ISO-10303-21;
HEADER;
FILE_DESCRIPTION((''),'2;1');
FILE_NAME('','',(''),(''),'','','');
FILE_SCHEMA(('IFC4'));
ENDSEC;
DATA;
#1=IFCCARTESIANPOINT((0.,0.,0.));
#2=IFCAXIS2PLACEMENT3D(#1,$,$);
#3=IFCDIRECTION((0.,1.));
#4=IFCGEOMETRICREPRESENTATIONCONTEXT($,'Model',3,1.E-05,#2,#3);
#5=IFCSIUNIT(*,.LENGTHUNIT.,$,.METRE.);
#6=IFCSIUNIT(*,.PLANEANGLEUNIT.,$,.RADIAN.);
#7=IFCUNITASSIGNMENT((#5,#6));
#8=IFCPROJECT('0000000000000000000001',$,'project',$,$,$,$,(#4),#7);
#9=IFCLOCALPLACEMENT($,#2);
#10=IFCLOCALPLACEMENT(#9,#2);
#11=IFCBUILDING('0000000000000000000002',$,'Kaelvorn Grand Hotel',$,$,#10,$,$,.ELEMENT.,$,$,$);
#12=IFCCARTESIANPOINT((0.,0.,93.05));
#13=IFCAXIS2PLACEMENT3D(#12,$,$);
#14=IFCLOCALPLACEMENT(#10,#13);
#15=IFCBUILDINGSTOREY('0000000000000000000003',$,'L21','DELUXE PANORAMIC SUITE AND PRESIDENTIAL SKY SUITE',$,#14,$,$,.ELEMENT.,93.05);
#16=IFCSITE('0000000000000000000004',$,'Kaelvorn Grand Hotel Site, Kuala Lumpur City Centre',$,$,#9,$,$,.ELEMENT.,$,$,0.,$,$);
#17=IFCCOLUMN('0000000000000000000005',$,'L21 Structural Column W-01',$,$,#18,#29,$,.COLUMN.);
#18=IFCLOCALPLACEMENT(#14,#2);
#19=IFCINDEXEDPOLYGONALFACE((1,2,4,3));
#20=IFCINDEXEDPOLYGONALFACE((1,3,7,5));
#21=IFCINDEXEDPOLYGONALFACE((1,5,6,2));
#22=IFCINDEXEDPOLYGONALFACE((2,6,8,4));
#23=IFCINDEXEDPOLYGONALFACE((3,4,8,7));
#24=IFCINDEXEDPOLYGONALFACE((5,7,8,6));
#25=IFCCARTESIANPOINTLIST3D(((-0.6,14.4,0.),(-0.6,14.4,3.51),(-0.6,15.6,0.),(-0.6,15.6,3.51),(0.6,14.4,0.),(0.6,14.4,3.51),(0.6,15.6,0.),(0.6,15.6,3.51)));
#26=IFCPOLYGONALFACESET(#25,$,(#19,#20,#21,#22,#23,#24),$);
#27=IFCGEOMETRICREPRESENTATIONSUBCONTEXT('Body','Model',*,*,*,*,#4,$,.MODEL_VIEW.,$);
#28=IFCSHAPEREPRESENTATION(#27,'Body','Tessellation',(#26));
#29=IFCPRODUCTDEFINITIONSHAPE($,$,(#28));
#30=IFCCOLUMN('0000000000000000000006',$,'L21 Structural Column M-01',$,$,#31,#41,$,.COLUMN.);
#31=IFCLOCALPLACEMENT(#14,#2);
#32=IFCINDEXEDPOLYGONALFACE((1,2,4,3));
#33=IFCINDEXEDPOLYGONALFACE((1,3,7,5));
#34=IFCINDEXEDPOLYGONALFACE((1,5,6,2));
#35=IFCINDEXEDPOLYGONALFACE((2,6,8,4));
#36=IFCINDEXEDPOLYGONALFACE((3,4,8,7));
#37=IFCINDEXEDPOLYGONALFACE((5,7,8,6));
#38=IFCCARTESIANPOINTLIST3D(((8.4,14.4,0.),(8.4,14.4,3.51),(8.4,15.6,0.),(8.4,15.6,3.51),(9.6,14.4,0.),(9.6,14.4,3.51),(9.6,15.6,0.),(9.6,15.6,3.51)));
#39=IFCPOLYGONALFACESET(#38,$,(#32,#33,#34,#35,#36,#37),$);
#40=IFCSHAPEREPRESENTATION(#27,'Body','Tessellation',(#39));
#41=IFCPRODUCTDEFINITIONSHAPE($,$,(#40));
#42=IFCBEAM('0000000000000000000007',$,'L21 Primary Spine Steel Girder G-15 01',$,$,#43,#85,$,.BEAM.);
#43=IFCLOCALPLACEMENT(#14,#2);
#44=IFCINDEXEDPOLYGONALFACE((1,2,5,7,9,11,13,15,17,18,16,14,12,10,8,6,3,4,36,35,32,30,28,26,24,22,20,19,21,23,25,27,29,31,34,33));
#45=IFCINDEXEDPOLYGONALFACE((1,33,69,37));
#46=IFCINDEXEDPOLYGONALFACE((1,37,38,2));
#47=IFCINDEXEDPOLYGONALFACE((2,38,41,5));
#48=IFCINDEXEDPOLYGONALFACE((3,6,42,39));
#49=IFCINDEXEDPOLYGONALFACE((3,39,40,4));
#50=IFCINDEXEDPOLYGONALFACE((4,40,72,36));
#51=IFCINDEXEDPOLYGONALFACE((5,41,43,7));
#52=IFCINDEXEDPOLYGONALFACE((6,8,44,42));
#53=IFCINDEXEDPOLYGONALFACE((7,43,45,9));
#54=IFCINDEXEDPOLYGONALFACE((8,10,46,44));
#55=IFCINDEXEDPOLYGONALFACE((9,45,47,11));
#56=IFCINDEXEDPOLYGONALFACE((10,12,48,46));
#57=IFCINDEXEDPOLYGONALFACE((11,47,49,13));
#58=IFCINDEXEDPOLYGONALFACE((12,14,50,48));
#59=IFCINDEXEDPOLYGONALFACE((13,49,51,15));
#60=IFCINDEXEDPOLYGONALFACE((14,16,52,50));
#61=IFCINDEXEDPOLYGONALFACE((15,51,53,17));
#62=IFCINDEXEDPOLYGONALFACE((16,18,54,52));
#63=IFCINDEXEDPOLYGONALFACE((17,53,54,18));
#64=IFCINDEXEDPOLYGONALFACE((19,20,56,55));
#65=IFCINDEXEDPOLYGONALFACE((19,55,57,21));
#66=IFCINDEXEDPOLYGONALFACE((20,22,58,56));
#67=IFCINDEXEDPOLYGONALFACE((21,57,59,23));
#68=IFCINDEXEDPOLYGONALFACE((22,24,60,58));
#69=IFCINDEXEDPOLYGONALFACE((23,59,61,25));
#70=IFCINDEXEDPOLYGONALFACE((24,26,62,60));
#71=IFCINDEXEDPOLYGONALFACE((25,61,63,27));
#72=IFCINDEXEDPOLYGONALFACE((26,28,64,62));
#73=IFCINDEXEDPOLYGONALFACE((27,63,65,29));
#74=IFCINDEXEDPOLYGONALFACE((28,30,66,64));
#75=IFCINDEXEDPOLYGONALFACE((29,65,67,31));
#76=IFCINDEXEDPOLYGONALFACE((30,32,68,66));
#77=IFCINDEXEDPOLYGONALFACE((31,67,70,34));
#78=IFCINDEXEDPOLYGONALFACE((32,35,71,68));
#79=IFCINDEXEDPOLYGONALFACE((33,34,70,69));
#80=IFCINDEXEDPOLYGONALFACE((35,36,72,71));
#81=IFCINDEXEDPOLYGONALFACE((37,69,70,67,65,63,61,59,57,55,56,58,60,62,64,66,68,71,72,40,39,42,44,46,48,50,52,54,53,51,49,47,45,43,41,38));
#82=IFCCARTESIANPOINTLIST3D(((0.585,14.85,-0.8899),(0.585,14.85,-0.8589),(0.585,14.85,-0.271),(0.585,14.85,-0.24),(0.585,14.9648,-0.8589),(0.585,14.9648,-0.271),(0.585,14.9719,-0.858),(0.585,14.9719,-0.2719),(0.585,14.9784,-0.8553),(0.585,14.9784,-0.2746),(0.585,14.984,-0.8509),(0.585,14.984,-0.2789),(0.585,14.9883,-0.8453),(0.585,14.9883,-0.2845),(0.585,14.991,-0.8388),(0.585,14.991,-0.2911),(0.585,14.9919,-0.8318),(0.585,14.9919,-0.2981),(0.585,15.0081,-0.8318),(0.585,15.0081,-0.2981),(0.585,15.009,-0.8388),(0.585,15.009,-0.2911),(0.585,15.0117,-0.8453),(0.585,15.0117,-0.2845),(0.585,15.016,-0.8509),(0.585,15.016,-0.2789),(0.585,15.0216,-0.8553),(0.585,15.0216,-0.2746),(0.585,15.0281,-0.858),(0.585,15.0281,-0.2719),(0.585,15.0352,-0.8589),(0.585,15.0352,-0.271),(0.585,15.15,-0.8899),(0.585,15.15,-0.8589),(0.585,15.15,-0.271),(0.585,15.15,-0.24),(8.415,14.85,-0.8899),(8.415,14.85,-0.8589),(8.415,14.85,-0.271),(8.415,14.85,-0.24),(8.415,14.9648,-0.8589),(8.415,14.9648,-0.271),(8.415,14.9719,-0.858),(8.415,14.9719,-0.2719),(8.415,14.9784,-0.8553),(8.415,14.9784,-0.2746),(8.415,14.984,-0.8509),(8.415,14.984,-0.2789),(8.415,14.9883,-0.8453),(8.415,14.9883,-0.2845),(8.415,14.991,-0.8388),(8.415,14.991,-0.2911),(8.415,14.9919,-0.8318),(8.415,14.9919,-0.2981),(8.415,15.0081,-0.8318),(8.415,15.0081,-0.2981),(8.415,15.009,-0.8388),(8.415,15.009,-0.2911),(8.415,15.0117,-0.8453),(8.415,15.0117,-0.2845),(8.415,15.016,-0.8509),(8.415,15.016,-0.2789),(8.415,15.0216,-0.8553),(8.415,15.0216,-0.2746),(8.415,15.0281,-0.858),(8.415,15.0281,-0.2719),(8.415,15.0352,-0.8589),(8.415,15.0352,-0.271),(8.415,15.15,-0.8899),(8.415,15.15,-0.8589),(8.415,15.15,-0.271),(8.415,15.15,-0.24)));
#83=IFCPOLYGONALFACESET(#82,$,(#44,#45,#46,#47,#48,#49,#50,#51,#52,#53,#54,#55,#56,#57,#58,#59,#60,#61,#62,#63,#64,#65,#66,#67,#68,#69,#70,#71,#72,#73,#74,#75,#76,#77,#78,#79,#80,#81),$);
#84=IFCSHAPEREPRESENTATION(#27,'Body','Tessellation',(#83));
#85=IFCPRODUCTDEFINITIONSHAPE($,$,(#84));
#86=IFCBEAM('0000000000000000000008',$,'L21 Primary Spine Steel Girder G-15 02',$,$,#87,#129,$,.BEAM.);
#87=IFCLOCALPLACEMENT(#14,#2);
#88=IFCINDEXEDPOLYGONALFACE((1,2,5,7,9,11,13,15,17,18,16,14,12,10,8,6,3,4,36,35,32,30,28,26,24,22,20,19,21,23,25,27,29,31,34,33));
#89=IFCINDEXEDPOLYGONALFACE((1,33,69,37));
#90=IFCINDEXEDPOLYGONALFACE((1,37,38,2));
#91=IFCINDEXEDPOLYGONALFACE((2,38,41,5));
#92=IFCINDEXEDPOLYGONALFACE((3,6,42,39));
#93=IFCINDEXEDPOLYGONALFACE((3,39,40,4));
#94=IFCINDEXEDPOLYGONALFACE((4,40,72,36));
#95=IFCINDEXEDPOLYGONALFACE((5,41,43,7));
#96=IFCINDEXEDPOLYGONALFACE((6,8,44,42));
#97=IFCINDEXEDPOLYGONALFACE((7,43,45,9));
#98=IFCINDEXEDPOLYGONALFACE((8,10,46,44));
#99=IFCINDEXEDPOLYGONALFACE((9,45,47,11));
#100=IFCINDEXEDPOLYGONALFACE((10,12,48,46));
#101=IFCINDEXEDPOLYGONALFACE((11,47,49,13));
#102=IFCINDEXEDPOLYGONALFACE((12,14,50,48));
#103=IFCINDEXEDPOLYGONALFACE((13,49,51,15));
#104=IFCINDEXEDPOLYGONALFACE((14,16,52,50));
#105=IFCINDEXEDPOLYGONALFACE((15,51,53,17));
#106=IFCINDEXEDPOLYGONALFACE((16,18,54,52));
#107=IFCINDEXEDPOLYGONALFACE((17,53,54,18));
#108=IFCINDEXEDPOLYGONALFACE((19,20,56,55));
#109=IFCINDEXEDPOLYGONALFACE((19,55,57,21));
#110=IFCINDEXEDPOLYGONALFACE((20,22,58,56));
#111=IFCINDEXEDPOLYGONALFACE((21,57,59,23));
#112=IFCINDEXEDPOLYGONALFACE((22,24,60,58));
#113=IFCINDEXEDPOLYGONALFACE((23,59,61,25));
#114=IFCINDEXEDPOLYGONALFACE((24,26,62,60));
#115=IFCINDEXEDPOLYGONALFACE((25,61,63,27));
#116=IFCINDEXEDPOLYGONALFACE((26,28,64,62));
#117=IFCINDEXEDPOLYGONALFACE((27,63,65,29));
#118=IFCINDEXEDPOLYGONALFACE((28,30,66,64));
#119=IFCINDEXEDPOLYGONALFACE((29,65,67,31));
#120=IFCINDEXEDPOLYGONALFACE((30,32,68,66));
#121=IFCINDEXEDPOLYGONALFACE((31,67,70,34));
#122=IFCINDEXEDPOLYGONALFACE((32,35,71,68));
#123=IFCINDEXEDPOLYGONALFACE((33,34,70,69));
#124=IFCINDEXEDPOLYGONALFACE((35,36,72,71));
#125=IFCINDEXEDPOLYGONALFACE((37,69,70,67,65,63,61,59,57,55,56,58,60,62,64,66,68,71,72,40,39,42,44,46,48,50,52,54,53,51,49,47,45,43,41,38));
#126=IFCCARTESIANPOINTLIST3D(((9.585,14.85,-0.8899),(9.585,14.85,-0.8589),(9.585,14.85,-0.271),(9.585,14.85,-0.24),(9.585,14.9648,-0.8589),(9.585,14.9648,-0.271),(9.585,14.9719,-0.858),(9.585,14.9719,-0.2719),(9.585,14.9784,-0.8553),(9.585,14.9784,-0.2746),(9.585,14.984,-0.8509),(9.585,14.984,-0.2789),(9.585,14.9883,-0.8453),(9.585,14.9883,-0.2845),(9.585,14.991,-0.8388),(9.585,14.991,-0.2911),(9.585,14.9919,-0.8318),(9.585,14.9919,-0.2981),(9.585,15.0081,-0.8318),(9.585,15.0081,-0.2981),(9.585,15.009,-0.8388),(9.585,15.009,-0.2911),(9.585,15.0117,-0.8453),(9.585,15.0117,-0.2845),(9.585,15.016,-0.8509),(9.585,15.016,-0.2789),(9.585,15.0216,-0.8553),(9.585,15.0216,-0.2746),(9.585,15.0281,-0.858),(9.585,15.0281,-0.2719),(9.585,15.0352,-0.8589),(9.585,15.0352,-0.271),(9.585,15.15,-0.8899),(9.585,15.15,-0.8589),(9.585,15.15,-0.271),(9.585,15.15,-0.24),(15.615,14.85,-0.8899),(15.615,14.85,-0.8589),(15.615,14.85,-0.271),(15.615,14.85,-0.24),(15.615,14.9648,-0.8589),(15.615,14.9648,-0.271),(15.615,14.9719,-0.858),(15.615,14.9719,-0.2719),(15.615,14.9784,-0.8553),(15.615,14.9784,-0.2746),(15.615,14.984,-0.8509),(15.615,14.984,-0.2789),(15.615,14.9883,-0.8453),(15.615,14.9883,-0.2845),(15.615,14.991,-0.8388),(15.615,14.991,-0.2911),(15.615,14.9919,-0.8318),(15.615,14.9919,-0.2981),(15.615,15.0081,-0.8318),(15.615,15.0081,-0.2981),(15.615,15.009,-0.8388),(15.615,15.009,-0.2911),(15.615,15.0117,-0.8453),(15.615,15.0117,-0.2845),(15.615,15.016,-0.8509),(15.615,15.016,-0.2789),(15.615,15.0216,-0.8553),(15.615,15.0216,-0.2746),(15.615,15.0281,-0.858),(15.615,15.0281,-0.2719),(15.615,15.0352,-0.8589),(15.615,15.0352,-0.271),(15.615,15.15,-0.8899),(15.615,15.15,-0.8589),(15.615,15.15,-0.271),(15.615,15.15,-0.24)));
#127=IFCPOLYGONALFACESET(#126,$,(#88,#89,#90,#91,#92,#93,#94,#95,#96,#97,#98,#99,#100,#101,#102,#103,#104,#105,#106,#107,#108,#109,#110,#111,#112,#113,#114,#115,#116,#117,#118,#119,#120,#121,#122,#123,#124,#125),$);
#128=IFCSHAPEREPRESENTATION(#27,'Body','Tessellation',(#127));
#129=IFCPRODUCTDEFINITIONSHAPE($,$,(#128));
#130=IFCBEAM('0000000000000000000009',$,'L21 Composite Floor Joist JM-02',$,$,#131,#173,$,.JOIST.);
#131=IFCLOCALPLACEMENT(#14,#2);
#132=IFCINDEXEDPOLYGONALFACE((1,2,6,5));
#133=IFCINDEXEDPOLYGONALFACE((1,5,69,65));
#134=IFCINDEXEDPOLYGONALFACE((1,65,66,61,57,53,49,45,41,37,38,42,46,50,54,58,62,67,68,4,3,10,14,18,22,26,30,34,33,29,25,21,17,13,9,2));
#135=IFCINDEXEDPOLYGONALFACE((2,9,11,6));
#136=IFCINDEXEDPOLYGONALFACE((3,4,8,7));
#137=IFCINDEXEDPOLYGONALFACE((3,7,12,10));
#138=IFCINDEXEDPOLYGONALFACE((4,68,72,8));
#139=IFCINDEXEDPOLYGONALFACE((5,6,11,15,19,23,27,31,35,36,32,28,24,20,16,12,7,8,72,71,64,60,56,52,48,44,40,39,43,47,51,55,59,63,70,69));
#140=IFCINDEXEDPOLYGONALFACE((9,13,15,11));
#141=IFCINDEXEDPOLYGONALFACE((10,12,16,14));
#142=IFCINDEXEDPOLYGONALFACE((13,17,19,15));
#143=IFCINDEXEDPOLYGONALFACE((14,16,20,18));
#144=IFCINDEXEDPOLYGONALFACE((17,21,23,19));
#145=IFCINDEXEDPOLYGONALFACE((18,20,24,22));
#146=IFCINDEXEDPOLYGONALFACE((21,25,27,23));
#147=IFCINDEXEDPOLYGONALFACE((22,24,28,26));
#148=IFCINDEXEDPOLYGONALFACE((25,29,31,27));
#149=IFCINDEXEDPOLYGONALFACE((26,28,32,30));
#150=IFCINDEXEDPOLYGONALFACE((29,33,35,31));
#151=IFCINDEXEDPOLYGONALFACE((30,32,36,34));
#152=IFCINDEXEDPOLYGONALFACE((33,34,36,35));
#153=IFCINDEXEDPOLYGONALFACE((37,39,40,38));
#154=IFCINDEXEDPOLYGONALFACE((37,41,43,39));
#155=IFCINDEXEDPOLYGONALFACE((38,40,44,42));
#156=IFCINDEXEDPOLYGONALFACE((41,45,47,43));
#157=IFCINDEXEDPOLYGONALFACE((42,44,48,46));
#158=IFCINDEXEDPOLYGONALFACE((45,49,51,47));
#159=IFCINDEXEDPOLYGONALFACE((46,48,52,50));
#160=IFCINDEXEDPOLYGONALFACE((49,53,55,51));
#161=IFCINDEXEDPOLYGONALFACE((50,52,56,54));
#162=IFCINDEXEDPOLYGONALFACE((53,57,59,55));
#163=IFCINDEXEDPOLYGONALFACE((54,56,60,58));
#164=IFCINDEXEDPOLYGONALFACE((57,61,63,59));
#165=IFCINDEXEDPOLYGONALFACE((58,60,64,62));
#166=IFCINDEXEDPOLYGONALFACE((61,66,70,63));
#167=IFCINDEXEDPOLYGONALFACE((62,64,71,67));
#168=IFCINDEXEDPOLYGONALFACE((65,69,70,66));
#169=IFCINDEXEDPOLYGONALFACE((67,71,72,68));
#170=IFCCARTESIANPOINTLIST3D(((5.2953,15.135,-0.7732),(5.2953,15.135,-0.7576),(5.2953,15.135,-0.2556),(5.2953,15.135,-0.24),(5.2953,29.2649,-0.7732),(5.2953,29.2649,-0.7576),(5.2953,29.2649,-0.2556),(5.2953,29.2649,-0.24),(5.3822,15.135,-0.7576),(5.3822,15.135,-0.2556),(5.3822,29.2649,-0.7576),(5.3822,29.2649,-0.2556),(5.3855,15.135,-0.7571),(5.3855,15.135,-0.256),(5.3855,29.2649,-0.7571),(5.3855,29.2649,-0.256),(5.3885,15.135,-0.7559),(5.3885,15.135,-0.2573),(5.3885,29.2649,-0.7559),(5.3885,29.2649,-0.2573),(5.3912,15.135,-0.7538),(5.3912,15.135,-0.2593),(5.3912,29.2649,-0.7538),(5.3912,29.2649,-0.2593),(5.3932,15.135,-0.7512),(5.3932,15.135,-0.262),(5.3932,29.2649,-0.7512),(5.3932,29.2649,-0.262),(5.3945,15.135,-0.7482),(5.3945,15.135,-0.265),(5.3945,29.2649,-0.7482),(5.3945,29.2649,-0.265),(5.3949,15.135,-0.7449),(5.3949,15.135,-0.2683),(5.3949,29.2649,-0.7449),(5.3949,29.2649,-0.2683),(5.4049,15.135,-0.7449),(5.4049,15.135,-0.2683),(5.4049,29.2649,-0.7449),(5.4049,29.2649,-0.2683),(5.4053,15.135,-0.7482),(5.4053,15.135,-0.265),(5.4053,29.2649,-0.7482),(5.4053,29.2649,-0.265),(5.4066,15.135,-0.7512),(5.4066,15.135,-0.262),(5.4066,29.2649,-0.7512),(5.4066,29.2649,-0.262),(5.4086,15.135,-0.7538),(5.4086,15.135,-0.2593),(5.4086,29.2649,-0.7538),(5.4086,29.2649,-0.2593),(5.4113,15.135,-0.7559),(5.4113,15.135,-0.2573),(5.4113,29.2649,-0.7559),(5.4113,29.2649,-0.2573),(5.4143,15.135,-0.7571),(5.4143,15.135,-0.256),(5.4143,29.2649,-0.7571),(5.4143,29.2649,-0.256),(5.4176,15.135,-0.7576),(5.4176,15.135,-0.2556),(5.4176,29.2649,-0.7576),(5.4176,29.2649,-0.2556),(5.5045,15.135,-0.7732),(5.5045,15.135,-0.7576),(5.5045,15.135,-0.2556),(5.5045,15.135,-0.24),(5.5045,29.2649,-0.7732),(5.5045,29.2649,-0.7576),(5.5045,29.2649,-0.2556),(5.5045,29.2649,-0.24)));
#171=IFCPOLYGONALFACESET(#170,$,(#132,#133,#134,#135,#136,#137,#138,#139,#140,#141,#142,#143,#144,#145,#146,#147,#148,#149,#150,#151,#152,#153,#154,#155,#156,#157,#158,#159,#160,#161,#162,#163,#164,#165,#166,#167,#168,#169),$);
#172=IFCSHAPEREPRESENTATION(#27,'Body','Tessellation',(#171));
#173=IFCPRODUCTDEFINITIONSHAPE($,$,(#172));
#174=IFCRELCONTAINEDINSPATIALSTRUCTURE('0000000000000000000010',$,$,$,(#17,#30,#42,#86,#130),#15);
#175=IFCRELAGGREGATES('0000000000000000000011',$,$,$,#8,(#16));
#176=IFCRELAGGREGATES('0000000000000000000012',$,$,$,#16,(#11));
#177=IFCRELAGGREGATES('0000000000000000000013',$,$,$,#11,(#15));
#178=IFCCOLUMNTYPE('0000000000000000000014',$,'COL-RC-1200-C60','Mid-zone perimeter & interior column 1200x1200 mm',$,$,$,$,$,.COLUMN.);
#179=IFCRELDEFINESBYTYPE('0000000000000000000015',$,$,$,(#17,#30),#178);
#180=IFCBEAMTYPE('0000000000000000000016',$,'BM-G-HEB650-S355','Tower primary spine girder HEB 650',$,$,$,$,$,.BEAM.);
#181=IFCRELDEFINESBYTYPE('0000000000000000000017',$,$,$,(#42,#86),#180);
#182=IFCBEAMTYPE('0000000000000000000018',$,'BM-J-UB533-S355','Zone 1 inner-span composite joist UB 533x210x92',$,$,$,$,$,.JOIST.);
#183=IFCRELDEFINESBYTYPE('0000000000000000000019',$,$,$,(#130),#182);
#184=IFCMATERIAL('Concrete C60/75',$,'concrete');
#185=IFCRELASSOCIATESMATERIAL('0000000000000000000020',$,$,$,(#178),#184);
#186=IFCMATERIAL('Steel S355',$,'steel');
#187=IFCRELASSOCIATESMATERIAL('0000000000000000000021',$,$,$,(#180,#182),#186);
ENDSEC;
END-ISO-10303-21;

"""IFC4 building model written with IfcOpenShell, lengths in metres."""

from ifc_helpers import new_model, si_unit, direction, frame, origin, origin_2d, place, context, subcontext, project, spatial, rectangle, i_section, extrude, material, material_profile, profile_set, type_object, element, save


model = new_model("IFC4")

# Units and contexts
model_context = context("Model", 3, precision=1e-05, world=origin(), true_north=direction((0.0, 1.0)))
body_context = subcontext(model_context, "Body", "Model", "MODEL_VIEW")
ifc_project = project(units=[si_unit("LENGTHUNIT", "METRE"), si_unit("PLANEANGLEUNIT", "RADIAN")], contexts=[model_context])

# Site, building, storey
site_placement = place(None, origin())
site = spatial("IfcSite", under=ifc_project, at=site_placement, Name="Kaelvorn Grand Hotel Site, Kuala Lumpur City Centre", CompositionType="ELEMENT", RefElevation=0.0)
building_placement = place(site_placement, origin())
building = spatial("IfcBuilding", under=site, at=building_placement, Name="Kaelvorn Grand Hotel", CompositionType="ELEMENT")
storey_placement = place(building_placement, frame((0.0, 0.0, 93.05)))
storey = spatial("IfcBuildingStorey", under=building, at=storey_placement, Name="L21", Description="DELUXE PANORAMIC SUITE AND PRESIDENTIAL SKY SUITE", CompositionType="ELEMENT", Elevation=93.05)

# Columns
ifc_material_1 = material(Name="Concrete C60/75", Category="concrete")
ifc_material_profile_1 = material_profile(ifc_material_1, rectangle(XDim=1.2, YDim=1.2, at=origin_2d()), Name="RC COL 1200x1200")
ifc_profile_set_1 = profile_set([ifc_material_profile_1], Name="Concrete C60/75")
column_type = type_object("IfcColumnType", Name="COL-RC-1200-C60", Description="Mid-zone perimeter & interior column 1200x1200 mm", PredefinedType="COLUMN", material=ifc_profile_set_1)
for number, where, z_axis, x_axis, name in (
    (1, (0.0, 15.0, 0.0), (0.0, 0.0, 1.0), (1.0, 0.0, 0.0), "L21 Structural Column W-01"),
    (2, (9.0, 15.0, 0.0), (0.0, 0.0, 1.0), (1.0, 0.0, 0.0), "L21 Structural Column M-01"),
):
    element("IfcColumn", number, at=place(storey_placement, frame(where, z_axis=z_axis, x_axis=x_axis)), inside=storey, type_object=column_type, Name=name, PredefinedType="COLUMN", context=body_context, shape_type="SweptSolid", body=[
        extrude(rectangle(XDim=1.2, YDim=1.2, at=origin_2d()), origin(), (0.0, 0.0, 1.0), 3.51),
    ])

# Beams
ifc_material_2 = material(Name="Steel S355", Category="steel")
ifc_material_profile_2 = material_profile(ifc_material_2, i_section(OverallWidth=0.3, OverallDepth=0.6499, WebThickness=0.0161, FlangeThickness=0.031, FilletRadius=0.0271, at=origin_2d()), Name="HEB 650")
ifc_profile_set_2 = profile_set([ifc_material_profile_2], Name="Steel S355")
beam_type_1 = type_object("IfcBeamType", Name="BM-G-HEB650-S355", Description="Tower primary spine girder HEB 650", PredefinedType="BEAM", material=ifc_profile_set_2)
beam_1_placement = place(storey_placement, frame((0.585, 15.0, -0.5649), z_axis=(1.0, 0.0, 0.0), x_axis=(0.0, 1.0, 0.0)))
element("IfcBeam", 3, at=beam_1_placement, inside=storey, type_object=beam_type_1, Name="L21 Primary Spine Steel Girder G-15 01", PredefinedType="BEAM", context=body_context, shape_type="SweptSolid", body=[
    extrude(i_section(OverallWidth=0.3, OverallDepth=0.6499, WebThickness=0.0161, FlangeThickness=0.031, FilletRadius=0.0271, at=origin_2d()), origin(), (0.0, 0.0, 1.0), 7.8301),
])
beam_2_placement = place(storey_placement, frame((9.585, 15.0, -0.5649), z_axis=(1.0, 0.0, 0.0), x_axis=(0.0, 1.0, 0.0)))
element("IfcBeam", 4, at=beam_2_placement, inside=storey, type_object=beam_type_1, Name="L21 Primary Spine Steel Girder G-15 02", PredefinedType="BEAM", context=body_context, shape_type="SweptSolid", body=[
    extrude(i_section(OverallWidth=0.3, OverallDepth=0.6499, WebThickness=0.0161, FlangeThickness=0.031, FilletRadius=0.0271, at=origin_2d()), origin(), (0.0, 0.0, 1.0), 6.03),
])
ifc_material_profile_3 = material_profile(ifc_material_2, i_section(OverallWidth=0.2092, OverallDepth=0.5332, WebThickness=0.01, FlangeThickness=0.0156, FilletRadius=0.0127, at=origin_2d()), Name="UB 533x210x92")
ifc_profile_set_3 = profile_set([ifc_material_profile_3], Name="Steel S355")
beam_type_2 = type_object("IfcBeamType", Name="BM-J-UB533-S355", Description="Zone 1 inner-span composite joist UB 533x210x92", PredefinedType="JOIST", material=ifc_profile_set_3)
beam_3_placement = place(storey_placement, frame((5.3999, 15.135, -0.5066), z_axis=(0.0, 1.0, 0.0), x_axis=(-1.0, 0.0, 0.0)))
element("IfcBeam", 5, at=beam_3_placement, inside=storey, type_object=beam_type_2, Name="L21 Composite Floor Joist JM-02", PredefinedType="JOIST", context=body_context, shape_type="SweptSolid", body=[
    extrude(i_section(OverallWidth=0.2092, OverallDepth=0.5332, WebThickness=0.01, FlangeThickness=0.0156, FilletRadius=0.0127, at=origin_2d()), origin(), (0.0, 0.0, 1.0), 14.1299),
])

save(model, "model.ifc")
